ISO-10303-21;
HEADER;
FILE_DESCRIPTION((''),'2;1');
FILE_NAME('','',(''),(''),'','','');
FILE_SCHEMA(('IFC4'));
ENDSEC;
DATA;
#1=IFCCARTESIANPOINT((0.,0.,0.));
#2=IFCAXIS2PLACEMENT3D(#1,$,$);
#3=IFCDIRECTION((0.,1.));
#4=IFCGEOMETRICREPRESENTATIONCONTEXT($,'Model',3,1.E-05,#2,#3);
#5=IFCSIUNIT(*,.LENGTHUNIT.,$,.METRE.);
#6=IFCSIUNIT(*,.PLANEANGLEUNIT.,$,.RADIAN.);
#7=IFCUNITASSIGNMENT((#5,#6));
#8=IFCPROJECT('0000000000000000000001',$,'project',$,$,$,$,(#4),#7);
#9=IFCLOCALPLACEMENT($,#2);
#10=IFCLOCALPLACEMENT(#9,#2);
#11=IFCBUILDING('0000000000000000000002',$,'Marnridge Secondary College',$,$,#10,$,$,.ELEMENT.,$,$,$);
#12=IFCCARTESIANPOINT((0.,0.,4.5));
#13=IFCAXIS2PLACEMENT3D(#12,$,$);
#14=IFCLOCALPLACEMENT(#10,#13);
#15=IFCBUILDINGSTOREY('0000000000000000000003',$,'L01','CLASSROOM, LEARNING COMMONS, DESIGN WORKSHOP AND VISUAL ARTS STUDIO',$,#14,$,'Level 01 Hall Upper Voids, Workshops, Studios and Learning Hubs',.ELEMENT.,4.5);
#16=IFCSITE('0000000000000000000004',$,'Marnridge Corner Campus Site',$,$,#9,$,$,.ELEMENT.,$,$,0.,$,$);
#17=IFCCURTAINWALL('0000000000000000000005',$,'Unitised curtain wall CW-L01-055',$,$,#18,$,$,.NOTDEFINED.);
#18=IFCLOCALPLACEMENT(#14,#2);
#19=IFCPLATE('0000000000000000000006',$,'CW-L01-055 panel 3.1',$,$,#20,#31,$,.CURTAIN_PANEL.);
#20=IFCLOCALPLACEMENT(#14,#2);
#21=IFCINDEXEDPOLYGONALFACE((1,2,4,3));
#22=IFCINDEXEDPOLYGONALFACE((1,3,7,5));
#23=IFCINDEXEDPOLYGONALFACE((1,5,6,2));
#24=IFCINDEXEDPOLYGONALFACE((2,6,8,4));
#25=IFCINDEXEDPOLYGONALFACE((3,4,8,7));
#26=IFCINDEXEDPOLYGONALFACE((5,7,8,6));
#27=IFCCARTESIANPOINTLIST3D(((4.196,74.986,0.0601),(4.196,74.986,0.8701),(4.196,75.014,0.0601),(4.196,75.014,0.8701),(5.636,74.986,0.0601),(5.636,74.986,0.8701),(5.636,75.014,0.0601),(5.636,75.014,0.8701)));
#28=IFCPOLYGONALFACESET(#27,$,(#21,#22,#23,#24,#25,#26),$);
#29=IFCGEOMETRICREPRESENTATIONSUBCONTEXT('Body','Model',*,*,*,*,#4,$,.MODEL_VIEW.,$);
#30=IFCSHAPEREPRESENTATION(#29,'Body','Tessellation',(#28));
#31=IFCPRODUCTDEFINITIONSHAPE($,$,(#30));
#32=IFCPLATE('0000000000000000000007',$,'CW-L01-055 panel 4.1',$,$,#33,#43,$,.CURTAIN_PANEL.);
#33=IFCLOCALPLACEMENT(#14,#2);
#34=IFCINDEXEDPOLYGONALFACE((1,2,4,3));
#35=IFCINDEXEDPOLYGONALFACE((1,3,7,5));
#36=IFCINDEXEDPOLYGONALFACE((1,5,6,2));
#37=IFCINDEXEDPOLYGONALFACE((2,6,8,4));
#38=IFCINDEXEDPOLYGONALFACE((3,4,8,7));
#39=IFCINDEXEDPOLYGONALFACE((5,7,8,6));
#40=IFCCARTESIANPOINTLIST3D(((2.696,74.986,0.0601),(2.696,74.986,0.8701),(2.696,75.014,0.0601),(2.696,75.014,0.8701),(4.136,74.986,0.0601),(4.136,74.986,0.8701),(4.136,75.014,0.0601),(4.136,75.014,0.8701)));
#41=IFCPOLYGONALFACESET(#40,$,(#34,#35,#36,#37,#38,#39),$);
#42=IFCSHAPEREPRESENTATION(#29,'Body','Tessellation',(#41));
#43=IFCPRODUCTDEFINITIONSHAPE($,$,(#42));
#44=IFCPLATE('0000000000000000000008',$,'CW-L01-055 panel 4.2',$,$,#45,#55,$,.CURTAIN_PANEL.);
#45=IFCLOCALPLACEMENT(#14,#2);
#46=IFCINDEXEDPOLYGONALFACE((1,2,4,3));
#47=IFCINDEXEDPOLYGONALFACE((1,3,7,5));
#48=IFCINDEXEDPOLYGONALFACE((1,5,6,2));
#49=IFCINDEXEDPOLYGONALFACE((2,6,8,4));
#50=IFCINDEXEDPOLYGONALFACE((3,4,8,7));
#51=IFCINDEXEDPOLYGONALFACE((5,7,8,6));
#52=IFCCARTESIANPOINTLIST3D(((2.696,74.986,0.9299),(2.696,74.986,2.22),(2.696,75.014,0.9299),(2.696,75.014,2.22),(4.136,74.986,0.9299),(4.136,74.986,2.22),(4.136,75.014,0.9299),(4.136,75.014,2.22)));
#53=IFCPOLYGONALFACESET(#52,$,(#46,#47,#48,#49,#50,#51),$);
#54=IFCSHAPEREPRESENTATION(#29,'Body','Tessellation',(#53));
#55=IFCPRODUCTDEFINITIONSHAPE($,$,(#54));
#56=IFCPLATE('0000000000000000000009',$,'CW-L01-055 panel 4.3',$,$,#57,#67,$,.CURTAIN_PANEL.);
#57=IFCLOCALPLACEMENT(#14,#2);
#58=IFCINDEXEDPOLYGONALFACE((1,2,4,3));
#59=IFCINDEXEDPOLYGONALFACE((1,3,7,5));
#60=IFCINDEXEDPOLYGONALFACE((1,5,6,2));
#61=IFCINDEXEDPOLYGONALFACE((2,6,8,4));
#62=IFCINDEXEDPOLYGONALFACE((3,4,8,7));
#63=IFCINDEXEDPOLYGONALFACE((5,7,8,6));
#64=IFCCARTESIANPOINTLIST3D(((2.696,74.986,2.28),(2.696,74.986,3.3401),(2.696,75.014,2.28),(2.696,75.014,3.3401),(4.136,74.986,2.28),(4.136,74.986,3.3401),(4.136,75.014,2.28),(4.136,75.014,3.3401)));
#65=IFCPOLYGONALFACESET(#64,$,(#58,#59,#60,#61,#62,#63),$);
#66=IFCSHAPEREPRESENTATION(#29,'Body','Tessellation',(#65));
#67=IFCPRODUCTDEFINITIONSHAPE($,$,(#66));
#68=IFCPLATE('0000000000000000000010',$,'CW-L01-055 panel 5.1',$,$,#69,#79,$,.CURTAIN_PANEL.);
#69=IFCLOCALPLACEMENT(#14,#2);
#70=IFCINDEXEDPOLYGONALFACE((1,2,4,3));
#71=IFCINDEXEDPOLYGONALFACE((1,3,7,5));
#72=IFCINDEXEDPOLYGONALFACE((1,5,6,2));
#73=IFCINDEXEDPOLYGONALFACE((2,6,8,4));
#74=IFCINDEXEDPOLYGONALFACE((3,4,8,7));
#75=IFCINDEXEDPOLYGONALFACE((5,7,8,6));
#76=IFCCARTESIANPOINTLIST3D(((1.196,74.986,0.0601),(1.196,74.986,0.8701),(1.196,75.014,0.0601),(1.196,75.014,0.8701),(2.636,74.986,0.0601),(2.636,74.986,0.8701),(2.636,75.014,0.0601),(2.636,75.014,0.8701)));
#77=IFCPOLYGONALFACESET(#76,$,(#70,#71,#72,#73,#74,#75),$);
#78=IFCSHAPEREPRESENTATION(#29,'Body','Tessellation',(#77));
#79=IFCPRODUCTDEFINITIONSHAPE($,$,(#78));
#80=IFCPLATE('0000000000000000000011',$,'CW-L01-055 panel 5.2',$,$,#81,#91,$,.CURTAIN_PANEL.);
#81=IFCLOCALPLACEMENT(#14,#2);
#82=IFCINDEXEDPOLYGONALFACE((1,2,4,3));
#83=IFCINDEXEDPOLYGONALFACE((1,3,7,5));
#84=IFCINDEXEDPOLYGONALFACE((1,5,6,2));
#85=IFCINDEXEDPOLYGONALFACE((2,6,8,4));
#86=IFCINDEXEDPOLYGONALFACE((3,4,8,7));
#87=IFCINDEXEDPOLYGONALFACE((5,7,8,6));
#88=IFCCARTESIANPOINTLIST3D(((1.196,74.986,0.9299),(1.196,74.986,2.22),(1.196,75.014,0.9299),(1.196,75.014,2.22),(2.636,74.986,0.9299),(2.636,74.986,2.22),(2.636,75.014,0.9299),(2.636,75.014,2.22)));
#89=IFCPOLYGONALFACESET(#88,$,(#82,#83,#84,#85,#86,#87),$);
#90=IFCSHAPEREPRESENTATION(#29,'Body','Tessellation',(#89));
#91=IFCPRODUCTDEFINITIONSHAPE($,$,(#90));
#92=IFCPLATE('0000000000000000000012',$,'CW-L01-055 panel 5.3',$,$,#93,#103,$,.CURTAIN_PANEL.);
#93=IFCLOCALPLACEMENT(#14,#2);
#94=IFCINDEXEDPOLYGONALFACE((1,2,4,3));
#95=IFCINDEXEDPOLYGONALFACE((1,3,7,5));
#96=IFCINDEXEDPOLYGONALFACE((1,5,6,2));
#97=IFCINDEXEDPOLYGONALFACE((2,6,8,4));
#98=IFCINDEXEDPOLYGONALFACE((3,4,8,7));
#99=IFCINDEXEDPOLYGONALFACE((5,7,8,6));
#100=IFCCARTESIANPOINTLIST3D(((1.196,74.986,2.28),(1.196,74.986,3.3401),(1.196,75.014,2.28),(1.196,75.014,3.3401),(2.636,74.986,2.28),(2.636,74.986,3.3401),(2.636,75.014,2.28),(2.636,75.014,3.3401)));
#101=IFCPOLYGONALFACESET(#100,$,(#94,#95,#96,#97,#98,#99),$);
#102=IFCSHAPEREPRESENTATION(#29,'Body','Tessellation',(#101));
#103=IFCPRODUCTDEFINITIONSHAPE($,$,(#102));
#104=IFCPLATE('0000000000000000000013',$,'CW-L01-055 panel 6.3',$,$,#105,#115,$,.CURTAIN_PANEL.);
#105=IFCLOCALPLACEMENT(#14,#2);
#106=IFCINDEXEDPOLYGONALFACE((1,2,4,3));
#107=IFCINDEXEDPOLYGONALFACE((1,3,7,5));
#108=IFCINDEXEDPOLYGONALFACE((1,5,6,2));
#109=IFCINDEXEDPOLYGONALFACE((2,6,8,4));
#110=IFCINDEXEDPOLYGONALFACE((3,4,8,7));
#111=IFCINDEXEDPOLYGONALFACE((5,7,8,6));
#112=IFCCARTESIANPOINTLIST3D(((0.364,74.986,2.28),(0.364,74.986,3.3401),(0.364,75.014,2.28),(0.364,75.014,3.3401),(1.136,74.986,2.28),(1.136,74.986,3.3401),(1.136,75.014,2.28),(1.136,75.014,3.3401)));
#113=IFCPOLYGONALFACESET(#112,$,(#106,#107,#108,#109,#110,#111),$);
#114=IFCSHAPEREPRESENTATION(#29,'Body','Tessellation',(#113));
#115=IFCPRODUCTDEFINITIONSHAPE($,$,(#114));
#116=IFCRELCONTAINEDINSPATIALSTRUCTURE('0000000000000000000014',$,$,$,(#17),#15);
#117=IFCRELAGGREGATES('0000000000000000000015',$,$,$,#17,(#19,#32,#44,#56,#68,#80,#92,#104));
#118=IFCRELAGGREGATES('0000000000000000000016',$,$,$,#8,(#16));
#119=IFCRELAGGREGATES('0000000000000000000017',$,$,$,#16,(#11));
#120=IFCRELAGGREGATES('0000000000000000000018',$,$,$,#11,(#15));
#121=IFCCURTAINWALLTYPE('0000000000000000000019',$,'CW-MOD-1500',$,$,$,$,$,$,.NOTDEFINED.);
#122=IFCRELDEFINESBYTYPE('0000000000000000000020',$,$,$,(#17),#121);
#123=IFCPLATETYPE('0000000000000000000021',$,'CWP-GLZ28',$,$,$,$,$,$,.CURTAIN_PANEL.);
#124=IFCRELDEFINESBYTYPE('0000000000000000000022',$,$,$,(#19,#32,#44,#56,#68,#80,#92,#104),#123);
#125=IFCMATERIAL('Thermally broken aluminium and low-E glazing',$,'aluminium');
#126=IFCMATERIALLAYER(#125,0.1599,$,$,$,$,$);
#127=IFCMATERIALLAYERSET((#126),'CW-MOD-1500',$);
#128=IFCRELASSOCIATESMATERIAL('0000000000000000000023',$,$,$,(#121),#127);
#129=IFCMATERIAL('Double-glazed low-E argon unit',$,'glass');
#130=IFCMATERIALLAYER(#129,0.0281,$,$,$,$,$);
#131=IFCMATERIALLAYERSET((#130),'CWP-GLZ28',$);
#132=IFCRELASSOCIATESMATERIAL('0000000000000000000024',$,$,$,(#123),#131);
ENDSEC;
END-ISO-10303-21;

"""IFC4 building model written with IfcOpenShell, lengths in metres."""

from ifc_helpers import new_model, si_unit, direction, frame, origin, origin_2d, place, context, subcontext, project, spatial, rectangle, extrude, material, layer, layer_set, type_object, element, aggregate, save


model = new_model("IFC4")

# Units and contexts
model_context = context("Model", 3, precision=1e-05, world=origin(), true_north=direction((0.0, 1.0)))
body_context = subcontext(model_context, "Body", "Model", "MODEL_VIEW")
ifc_project = project(units=[si_unit("LENGTHUNIT", "METRE"), si_unit("PLANEANGLEUNIT", "RADIAN")], contexts=[model_context])

# Site, building, storey
site_placement = place(None, origin())
site = spatial("IfcSite", under=ifc_project, at=site_placement, Name="Marnridge Corner Campus Site", CompositionType="ELEMENT", RefElevation=0.0)
building_placement = place(site_placement, origin())
building = spatial("IfcBuilding", under=site, at=building_placement, Name="Marnridge Secondary College", CompositionType="ELEMENT")
storey_placement = place(building_placement, frame((0.0, 0.0, 4.5)))
storey = spatial("IfcBuildingStorey", under=building, at=storey_placement, Name="L01", Description="CLASSROOM, LEARNING COMMONS, DESIGN WORKSHOP AND VISUAL ARTS STUDIO", LongName="Level 01 Hall Upper Voids, Workshops, Studios and Learning Hubs", CompositionType="ELEMENT", Elevation=4.5)

# Curtain wall, plates
ifc_material_1 = material(Name="Thermally broken aluminium and low-E glazing", Category="aluminium")
ifc_layer_1 = layer(ifc_material_1, 0.1599)
ifc_layer_set_1 = layer_set([ifc_layer_1], Name="CW-MOD-1500")
curtain_wall_type = type_object("IfcCurtainWallType", Name="CW-MOD-1500", PredefinedType="NOTDEFINED", material=ifc_layer_set_1)
curtain_wall_placement = place(storey_placement, origin())
curtain_wall = element("IfcCurtainWall", 1, at=curtain_wall_placement, inside=storey, type_object=curtain_wall_type, Name="Unitised curtain wall CW-L01-055", PredefinedType="NOTDEFINED")
ifc_material_2 = material(Name="Double-glazed low-E argon unit", Category="glass")
ifc_layer_2 = layer(ifc_material_2, 0.0281)
ifc_layer_set_2 = layer_set([ifc_layer_2], Name="CWP-GLZ28")
plate_type = type_object("IfcPlateType", Name="CWP-GLZ28", PredefinedType="CURTAIN_PANEL", material=ifc_layer_set_2)
plate_1_placement = place(storey_placement, frame((4.916, 75.0, 0.0601), z_axis=(0.0, 0.0, 1.0), x_axis=(-1.0, 0.0, 0.0)))
plate_1 = element("IfcPlate", 2, at=plate_1_placement, type_object=plate_type, Name="CW-L01-055 panel 3.1", PredefinedType="CURTAIN_PANEL", context=body_context, shape_type="SweptSolid", body=[
    extrude(rectangle(XDim=1.4399, YDim=0.0281, at=origin_2d()), origin(), (0.0, 0.0, 1.0), 0.8101),
])
plate_2_placement = place(storey_placement, frame((3.416, 75.0, 0.0601), z_axis=(0.0, 0.0, 1.0), x_axis=(-1.0, 0.0, 0.0)))
plate_2 = element("IfcPlate", 3, at=plate_2_placement, type_object=plate_type, Name="CW-L01-055 panel 4.1", PredefinedType="CURTAIN_PANEL", context=body_context, shape_type="SweptSolid", body=[
    extrude(rectangle(XDim=1.4399, YDim=0.0281, at=origin_2d()), origin(), (0.0, 0.0, 1.0), 0.8101),
])
plate_3_placement = place(storey_placement, frame((3.416, 75.0, 0.9299), z_axis=(0.0, 0.0, 1.0), x_axis=(-1.0, 0.0, 0.0)))
plate_3 = element("IfcPlate", 4, at=plate_3_placement, type_object=plate_type, Name="CW-L01-055 panel 4.2", PredefinedType="CURTAIN_PANEL", context=body_context, shape_type="SweptSolid", body=[
    extrude(rectangle(XDim=1.4399, YDim=0.0281, at=origin_2d()), origin(), (0.0, 0.0, 1.0), 1.29),
])
plate_4_placement = place(storey_placement, frame((3.416, 75.0, 2.28), z_axis=(0.0, 0.0, 1.0), x_axis=(-1.0, 0.0, 0.0)))
plate_4 = element("IfcPlate", 5, at=plate_4_placement, type_object=plate_type, Name="CW-L01-055 panel 4.3", PredefinedType="CURTAIN_PANEL", context=body_context, shape_type="SweptSolid", body=[
    extrude(rectangle(XDim=1.4399, YDim=0.0281, at=origin_2d()), origin(), (0.0, 0.0, 1.0), 1.0601),
])
plate_5_placement = place(storey_placement, frame((1.916, 75.0, 0.0601), z_axis=(0.0, 0.0, 1.0), x_axis=(-1.0, 0.0, 0.0)))
plate_5 = element("IfcPlate", 6, at=plate_5_placement, type_object=plate_type, Name="CW-L01-055 panel 5.1", PredefinedType="CURTAIN_PANEL", context=body_context, shape_type="SweptSolid", body=[
    extrude(rectangle(XDim=1.4399, YDim=0.0281, at=origin_2d()), origin(), (0.0, 0.0, 1.0), 0.8101),
])
plate_6_placement = place(storey_placement, frame((1.916, 75.0, 0.9299), z_axis=(0.0, 0.0, 1.0), x_axis=(-1.0, 0.0, 0.0)))
plate_6 = element("IfcPlate", 7, at=plate_6_placement, type_object=plate_type, Name="CW-L01-055 panel 5.2", PredefinedType="CURTAIN_PANEL", context=body_context, shape_type="SweptSolid", body=[
    extrude(rectangle(XDim=1.4399, YDim=0.0281, at=origin_2d()), origin(), (0.0, 0.0, 1.0), 1.29),
])
plate_7_placement = place(storey_placement, frame((1.916, 75.0, 2.28), z_axis=(0.0, 0.0, 1.0), x_axis=(-1.0, 0.0, 0.0)))
plate_7 = element("IfcPlate", 8, at=plate_7_placement, type_object=plate_type, Name="CW-L01-055 panel 5.3", PredefinedType="CURTAIN_PANEL", context=body_context, shape_type="SweptSolid", body=[
    extrude(rectangle(XDim=1.4399, YDim=0.0281, at=origin_2d()), origin(), (0.0, 0.0, 1.0), 1.0601),
])
plate_8_placement = place(storey_placement, frame((0.75, 75.0, 2.28), z_axis=(0.0, 0.0, 1.0), x_axis=(-1.0, 0.0, 0.0)))
plate_8 = element("IfcPlate", 9, at=plate_8_placement, type_object=plate_type, Name="CW-L01-055 panel 6.3", PredefinedType="CURTAIN_PANEL", context=body_context, shape_type="SweptSolid", body=[
    extrude(rectangle(XDim=0.772, YDim=0.0281, at=origin_2d()), origin(), (0.0, 0.0, 1.0), 1.0601),
])
aggregate(curtain_wall, [plate_1, plate_2, plate_3, plate_4, plate_5, plate_6, plate_7, plate_8])

save(model, "model.ifc")
